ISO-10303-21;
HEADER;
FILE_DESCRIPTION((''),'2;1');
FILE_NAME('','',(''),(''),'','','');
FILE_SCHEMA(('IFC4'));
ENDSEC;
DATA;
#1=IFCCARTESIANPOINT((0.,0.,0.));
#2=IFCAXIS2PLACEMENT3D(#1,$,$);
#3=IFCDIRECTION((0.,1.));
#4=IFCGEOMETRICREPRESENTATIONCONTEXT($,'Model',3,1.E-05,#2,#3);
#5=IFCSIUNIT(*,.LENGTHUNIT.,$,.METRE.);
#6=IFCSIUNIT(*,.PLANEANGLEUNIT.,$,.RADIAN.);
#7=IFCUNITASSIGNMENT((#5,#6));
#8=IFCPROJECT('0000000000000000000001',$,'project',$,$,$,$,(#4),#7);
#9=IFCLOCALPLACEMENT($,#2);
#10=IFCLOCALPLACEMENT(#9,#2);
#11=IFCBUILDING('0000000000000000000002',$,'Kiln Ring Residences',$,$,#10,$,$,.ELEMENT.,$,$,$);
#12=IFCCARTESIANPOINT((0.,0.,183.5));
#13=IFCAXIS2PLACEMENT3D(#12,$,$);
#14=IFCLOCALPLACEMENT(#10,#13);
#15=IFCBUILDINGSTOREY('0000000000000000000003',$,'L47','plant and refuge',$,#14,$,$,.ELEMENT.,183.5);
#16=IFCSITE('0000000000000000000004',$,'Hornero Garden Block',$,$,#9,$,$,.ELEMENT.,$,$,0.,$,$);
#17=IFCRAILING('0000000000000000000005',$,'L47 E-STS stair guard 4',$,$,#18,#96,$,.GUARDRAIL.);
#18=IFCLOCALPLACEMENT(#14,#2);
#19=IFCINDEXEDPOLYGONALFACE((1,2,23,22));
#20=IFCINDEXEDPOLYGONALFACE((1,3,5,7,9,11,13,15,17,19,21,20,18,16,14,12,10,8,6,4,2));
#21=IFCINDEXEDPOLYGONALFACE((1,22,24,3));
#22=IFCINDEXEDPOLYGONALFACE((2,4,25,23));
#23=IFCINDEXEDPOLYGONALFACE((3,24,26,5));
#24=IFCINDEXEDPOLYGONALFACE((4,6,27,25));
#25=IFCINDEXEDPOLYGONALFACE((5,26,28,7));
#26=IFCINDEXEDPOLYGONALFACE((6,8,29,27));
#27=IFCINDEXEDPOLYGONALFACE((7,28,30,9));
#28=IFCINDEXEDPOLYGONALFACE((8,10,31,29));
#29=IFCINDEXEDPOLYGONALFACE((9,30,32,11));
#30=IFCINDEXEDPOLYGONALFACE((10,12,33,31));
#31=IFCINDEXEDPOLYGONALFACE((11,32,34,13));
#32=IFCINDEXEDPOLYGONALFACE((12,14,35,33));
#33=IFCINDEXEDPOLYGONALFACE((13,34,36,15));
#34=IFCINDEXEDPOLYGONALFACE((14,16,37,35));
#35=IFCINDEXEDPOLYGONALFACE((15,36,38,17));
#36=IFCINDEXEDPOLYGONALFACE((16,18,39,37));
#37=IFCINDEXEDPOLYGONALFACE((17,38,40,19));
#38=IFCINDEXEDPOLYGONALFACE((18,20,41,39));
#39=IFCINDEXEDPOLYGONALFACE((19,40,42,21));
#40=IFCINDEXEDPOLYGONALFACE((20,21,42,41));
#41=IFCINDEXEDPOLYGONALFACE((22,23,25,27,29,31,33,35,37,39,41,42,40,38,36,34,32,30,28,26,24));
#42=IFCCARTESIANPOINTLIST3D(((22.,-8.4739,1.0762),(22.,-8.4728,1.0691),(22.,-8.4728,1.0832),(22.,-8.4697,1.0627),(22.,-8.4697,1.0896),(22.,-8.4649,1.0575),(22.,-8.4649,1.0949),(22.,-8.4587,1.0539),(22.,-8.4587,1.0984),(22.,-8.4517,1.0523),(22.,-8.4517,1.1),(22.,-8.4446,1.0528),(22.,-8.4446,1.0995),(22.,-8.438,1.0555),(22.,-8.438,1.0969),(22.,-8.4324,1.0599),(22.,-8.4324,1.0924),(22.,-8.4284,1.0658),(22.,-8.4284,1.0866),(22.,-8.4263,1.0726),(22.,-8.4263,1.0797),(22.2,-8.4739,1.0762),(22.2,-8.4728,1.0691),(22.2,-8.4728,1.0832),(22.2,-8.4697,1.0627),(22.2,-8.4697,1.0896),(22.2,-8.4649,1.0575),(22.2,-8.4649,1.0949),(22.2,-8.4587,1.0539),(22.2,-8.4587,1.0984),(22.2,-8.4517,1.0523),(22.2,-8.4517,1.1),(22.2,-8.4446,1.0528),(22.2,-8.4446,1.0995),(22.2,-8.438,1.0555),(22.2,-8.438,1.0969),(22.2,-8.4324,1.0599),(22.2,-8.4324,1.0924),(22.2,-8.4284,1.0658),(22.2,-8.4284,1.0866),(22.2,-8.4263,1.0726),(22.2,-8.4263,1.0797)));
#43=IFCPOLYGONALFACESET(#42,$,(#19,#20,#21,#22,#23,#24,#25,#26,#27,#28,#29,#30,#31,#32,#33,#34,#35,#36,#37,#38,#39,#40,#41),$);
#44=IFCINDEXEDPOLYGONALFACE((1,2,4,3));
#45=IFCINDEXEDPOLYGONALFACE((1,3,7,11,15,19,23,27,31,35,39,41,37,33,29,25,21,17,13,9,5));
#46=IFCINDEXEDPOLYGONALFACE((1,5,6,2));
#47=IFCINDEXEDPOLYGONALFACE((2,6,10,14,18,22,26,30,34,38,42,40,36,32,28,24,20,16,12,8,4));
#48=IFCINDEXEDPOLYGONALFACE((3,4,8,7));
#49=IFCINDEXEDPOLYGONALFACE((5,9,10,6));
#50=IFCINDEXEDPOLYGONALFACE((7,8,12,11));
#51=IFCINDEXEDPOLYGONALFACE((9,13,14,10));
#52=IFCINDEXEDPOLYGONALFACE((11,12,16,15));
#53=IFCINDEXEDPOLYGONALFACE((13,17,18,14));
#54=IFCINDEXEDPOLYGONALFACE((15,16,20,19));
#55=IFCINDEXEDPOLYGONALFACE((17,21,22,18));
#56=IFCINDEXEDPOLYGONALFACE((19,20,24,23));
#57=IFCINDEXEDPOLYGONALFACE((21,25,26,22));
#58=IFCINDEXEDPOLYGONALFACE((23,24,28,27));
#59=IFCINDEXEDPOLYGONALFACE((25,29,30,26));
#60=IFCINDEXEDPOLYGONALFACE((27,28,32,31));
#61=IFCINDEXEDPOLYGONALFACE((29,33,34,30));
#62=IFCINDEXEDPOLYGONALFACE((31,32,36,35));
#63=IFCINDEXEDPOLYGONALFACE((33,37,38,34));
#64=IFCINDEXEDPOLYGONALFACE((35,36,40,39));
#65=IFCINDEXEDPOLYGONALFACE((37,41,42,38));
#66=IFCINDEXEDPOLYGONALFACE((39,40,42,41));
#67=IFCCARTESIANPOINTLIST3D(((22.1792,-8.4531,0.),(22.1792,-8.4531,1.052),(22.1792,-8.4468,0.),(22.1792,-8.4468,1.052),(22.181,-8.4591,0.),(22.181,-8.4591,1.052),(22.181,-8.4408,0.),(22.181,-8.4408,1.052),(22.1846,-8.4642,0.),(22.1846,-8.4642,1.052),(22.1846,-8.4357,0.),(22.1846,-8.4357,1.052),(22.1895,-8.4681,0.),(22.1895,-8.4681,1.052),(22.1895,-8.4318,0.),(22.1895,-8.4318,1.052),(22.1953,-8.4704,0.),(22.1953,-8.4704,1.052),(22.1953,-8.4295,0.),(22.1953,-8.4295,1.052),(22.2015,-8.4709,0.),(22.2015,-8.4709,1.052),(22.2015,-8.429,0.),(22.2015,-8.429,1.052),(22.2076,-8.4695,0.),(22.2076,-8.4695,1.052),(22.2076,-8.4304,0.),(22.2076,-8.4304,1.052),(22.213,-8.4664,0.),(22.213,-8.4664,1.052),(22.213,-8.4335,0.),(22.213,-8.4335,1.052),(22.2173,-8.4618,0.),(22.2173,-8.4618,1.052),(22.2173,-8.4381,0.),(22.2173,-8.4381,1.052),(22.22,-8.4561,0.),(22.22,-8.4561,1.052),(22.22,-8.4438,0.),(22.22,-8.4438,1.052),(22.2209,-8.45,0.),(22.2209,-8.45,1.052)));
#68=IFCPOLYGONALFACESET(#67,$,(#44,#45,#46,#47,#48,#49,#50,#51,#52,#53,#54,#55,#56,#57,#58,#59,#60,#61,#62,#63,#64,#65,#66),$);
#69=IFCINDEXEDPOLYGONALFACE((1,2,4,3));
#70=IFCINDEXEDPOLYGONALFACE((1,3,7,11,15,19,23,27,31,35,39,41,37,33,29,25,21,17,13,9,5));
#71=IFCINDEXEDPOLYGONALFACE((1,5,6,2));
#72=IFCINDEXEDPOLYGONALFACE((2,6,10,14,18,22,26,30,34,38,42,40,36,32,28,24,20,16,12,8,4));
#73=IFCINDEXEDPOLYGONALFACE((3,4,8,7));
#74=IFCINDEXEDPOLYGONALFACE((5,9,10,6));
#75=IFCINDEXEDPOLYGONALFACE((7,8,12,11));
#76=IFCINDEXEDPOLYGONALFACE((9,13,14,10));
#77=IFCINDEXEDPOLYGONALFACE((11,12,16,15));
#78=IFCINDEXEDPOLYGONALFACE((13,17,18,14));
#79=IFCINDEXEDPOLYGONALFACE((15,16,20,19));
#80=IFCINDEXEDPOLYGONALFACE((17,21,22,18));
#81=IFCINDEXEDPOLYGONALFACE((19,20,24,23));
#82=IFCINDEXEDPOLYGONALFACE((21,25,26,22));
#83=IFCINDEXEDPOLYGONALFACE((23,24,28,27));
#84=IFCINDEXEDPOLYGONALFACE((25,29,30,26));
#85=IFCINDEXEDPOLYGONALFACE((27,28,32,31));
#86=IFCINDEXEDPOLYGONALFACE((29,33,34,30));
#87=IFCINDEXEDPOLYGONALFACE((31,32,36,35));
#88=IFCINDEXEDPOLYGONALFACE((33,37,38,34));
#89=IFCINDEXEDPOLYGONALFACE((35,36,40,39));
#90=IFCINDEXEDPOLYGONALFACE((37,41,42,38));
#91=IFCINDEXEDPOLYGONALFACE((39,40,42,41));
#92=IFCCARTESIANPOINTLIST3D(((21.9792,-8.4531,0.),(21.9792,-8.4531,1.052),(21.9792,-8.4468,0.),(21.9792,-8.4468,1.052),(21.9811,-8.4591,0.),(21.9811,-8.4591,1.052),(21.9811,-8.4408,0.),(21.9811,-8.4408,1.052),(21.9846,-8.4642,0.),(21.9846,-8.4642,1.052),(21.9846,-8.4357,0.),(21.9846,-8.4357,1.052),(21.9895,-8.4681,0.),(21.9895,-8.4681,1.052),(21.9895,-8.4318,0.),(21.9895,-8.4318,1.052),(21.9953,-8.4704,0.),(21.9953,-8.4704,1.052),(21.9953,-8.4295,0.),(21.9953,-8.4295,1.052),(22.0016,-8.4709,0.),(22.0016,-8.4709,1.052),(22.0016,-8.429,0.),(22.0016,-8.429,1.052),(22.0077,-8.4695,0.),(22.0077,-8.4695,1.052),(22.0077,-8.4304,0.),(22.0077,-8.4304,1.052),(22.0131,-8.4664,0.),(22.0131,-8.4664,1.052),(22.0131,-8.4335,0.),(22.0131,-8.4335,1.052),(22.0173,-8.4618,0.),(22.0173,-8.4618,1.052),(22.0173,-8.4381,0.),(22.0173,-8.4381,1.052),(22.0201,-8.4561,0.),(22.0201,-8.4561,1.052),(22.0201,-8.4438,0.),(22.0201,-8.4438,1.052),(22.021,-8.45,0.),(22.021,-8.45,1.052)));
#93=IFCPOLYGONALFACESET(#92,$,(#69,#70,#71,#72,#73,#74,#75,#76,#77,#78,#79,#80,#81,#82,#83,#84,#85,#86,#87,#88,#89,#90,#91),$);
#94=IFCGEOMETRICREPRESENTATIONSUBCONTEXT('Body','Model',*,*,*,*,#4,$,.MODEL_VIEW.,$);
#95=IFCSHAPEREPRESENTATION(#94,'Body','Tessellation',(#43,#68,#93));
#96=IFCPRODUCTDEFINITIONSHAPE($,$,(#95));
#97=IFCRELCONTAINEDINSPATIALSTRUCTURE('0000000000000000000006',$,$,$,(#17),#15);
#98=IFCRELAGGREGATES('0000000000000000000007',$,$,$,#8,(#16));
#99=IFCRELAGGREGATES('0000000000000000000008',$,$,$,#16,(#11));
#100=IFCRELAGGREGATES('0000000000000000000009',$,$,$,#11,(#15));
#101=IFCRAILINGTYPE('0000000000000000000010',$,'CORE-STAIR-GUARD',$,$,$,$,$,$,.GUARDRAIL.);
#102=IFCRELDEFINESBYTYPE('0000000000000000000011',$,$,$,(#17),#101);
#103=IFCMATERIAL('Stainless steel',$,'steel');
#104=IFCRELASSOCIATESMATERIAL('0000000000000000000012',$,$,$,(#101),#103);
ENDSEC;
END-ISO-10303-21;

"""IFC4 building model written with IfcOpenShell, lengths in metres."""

from ifc_helpers import new_model, si_unit, direction, frame, origin, origin_2d, place, context, subcontext, project, spatial, circle, extrude, material, type_object, element, save


model = new_model("IFC4")

# Units and contexts
model_context = context("Model", 3, precision=1e-05, world=origin(), true_north=direction((0.0, 1.0)))
body_context = subcontext(model_context, "Body", "Model", "MODEL_VIEW")
ifc_project = project(units=[si_unit("LENGTHUNIT", "METRE"), si_unit("PLANEANGLEUNIT", "RADIAN")], contexts=[model_context])

# Site, building, storey
site_placement = place(None, origin())
site = spatial("IfcSite", under=ifc_project, at=site_placement, Name="Hornero Garden Block", CompositionType="ELEMENT", RefElevation=0.0)
building_placement = place(site_placement, origin())
building = spatial("IfcBuilding", under=site, at=building_placement, Name="Kiln Ring Residences", CompositionType="ELEMENT")
storey_placement = place(building_placement, frame((0.0, 0.0, 183.5)))
storey = spatial("IfcBuildingStorey", under=building, at=storey_placement, Name="L47", Description="plant and refuge", CompositionType="ELEMENT", Elevation=183.5)

# Railing
ifc_material_1 = material(Name="Stainless steel", Category="steel")
railing_type_1 = type_object("IfcRailingType", Name="CORE-STAIR-GUARD", PredefinedType="GUARDRAIL", material=ifc_material_1)
railing_1_placement = place(storey_placement, frame((22.2, -8.45, 0.0)))
element("IfcRailing", 1, at=railing_1_placement, inside=storey, type_object=railing_type_1, Name="L47 E-STS stair guard 4", PredefinedType="GUARDRAIL", context=body_context, shape_type="SweptSolid", body=[
    extrude(circle(Radius=0.0239, at=origin_2d()), frame((0.0, 0.0, 1.0762), z_axis=(-1.0, 0.0, 0.0), x_axis=(0.0, -1.0, 0.0)), (0.0, 0.0, 1.0), 0.2),
    extrude(circle(Radius=0.021, at=origin_2d()), origin(), (0.0, 0.0, 1.0), 1.052),
    extrude(circle(Radius=0.021, at=origin_2d()), frame((-0.2, 0.0, 0.0)), (0.0, 0.0, 1.0), 1.052),
])

save(model, "model.ifc")
